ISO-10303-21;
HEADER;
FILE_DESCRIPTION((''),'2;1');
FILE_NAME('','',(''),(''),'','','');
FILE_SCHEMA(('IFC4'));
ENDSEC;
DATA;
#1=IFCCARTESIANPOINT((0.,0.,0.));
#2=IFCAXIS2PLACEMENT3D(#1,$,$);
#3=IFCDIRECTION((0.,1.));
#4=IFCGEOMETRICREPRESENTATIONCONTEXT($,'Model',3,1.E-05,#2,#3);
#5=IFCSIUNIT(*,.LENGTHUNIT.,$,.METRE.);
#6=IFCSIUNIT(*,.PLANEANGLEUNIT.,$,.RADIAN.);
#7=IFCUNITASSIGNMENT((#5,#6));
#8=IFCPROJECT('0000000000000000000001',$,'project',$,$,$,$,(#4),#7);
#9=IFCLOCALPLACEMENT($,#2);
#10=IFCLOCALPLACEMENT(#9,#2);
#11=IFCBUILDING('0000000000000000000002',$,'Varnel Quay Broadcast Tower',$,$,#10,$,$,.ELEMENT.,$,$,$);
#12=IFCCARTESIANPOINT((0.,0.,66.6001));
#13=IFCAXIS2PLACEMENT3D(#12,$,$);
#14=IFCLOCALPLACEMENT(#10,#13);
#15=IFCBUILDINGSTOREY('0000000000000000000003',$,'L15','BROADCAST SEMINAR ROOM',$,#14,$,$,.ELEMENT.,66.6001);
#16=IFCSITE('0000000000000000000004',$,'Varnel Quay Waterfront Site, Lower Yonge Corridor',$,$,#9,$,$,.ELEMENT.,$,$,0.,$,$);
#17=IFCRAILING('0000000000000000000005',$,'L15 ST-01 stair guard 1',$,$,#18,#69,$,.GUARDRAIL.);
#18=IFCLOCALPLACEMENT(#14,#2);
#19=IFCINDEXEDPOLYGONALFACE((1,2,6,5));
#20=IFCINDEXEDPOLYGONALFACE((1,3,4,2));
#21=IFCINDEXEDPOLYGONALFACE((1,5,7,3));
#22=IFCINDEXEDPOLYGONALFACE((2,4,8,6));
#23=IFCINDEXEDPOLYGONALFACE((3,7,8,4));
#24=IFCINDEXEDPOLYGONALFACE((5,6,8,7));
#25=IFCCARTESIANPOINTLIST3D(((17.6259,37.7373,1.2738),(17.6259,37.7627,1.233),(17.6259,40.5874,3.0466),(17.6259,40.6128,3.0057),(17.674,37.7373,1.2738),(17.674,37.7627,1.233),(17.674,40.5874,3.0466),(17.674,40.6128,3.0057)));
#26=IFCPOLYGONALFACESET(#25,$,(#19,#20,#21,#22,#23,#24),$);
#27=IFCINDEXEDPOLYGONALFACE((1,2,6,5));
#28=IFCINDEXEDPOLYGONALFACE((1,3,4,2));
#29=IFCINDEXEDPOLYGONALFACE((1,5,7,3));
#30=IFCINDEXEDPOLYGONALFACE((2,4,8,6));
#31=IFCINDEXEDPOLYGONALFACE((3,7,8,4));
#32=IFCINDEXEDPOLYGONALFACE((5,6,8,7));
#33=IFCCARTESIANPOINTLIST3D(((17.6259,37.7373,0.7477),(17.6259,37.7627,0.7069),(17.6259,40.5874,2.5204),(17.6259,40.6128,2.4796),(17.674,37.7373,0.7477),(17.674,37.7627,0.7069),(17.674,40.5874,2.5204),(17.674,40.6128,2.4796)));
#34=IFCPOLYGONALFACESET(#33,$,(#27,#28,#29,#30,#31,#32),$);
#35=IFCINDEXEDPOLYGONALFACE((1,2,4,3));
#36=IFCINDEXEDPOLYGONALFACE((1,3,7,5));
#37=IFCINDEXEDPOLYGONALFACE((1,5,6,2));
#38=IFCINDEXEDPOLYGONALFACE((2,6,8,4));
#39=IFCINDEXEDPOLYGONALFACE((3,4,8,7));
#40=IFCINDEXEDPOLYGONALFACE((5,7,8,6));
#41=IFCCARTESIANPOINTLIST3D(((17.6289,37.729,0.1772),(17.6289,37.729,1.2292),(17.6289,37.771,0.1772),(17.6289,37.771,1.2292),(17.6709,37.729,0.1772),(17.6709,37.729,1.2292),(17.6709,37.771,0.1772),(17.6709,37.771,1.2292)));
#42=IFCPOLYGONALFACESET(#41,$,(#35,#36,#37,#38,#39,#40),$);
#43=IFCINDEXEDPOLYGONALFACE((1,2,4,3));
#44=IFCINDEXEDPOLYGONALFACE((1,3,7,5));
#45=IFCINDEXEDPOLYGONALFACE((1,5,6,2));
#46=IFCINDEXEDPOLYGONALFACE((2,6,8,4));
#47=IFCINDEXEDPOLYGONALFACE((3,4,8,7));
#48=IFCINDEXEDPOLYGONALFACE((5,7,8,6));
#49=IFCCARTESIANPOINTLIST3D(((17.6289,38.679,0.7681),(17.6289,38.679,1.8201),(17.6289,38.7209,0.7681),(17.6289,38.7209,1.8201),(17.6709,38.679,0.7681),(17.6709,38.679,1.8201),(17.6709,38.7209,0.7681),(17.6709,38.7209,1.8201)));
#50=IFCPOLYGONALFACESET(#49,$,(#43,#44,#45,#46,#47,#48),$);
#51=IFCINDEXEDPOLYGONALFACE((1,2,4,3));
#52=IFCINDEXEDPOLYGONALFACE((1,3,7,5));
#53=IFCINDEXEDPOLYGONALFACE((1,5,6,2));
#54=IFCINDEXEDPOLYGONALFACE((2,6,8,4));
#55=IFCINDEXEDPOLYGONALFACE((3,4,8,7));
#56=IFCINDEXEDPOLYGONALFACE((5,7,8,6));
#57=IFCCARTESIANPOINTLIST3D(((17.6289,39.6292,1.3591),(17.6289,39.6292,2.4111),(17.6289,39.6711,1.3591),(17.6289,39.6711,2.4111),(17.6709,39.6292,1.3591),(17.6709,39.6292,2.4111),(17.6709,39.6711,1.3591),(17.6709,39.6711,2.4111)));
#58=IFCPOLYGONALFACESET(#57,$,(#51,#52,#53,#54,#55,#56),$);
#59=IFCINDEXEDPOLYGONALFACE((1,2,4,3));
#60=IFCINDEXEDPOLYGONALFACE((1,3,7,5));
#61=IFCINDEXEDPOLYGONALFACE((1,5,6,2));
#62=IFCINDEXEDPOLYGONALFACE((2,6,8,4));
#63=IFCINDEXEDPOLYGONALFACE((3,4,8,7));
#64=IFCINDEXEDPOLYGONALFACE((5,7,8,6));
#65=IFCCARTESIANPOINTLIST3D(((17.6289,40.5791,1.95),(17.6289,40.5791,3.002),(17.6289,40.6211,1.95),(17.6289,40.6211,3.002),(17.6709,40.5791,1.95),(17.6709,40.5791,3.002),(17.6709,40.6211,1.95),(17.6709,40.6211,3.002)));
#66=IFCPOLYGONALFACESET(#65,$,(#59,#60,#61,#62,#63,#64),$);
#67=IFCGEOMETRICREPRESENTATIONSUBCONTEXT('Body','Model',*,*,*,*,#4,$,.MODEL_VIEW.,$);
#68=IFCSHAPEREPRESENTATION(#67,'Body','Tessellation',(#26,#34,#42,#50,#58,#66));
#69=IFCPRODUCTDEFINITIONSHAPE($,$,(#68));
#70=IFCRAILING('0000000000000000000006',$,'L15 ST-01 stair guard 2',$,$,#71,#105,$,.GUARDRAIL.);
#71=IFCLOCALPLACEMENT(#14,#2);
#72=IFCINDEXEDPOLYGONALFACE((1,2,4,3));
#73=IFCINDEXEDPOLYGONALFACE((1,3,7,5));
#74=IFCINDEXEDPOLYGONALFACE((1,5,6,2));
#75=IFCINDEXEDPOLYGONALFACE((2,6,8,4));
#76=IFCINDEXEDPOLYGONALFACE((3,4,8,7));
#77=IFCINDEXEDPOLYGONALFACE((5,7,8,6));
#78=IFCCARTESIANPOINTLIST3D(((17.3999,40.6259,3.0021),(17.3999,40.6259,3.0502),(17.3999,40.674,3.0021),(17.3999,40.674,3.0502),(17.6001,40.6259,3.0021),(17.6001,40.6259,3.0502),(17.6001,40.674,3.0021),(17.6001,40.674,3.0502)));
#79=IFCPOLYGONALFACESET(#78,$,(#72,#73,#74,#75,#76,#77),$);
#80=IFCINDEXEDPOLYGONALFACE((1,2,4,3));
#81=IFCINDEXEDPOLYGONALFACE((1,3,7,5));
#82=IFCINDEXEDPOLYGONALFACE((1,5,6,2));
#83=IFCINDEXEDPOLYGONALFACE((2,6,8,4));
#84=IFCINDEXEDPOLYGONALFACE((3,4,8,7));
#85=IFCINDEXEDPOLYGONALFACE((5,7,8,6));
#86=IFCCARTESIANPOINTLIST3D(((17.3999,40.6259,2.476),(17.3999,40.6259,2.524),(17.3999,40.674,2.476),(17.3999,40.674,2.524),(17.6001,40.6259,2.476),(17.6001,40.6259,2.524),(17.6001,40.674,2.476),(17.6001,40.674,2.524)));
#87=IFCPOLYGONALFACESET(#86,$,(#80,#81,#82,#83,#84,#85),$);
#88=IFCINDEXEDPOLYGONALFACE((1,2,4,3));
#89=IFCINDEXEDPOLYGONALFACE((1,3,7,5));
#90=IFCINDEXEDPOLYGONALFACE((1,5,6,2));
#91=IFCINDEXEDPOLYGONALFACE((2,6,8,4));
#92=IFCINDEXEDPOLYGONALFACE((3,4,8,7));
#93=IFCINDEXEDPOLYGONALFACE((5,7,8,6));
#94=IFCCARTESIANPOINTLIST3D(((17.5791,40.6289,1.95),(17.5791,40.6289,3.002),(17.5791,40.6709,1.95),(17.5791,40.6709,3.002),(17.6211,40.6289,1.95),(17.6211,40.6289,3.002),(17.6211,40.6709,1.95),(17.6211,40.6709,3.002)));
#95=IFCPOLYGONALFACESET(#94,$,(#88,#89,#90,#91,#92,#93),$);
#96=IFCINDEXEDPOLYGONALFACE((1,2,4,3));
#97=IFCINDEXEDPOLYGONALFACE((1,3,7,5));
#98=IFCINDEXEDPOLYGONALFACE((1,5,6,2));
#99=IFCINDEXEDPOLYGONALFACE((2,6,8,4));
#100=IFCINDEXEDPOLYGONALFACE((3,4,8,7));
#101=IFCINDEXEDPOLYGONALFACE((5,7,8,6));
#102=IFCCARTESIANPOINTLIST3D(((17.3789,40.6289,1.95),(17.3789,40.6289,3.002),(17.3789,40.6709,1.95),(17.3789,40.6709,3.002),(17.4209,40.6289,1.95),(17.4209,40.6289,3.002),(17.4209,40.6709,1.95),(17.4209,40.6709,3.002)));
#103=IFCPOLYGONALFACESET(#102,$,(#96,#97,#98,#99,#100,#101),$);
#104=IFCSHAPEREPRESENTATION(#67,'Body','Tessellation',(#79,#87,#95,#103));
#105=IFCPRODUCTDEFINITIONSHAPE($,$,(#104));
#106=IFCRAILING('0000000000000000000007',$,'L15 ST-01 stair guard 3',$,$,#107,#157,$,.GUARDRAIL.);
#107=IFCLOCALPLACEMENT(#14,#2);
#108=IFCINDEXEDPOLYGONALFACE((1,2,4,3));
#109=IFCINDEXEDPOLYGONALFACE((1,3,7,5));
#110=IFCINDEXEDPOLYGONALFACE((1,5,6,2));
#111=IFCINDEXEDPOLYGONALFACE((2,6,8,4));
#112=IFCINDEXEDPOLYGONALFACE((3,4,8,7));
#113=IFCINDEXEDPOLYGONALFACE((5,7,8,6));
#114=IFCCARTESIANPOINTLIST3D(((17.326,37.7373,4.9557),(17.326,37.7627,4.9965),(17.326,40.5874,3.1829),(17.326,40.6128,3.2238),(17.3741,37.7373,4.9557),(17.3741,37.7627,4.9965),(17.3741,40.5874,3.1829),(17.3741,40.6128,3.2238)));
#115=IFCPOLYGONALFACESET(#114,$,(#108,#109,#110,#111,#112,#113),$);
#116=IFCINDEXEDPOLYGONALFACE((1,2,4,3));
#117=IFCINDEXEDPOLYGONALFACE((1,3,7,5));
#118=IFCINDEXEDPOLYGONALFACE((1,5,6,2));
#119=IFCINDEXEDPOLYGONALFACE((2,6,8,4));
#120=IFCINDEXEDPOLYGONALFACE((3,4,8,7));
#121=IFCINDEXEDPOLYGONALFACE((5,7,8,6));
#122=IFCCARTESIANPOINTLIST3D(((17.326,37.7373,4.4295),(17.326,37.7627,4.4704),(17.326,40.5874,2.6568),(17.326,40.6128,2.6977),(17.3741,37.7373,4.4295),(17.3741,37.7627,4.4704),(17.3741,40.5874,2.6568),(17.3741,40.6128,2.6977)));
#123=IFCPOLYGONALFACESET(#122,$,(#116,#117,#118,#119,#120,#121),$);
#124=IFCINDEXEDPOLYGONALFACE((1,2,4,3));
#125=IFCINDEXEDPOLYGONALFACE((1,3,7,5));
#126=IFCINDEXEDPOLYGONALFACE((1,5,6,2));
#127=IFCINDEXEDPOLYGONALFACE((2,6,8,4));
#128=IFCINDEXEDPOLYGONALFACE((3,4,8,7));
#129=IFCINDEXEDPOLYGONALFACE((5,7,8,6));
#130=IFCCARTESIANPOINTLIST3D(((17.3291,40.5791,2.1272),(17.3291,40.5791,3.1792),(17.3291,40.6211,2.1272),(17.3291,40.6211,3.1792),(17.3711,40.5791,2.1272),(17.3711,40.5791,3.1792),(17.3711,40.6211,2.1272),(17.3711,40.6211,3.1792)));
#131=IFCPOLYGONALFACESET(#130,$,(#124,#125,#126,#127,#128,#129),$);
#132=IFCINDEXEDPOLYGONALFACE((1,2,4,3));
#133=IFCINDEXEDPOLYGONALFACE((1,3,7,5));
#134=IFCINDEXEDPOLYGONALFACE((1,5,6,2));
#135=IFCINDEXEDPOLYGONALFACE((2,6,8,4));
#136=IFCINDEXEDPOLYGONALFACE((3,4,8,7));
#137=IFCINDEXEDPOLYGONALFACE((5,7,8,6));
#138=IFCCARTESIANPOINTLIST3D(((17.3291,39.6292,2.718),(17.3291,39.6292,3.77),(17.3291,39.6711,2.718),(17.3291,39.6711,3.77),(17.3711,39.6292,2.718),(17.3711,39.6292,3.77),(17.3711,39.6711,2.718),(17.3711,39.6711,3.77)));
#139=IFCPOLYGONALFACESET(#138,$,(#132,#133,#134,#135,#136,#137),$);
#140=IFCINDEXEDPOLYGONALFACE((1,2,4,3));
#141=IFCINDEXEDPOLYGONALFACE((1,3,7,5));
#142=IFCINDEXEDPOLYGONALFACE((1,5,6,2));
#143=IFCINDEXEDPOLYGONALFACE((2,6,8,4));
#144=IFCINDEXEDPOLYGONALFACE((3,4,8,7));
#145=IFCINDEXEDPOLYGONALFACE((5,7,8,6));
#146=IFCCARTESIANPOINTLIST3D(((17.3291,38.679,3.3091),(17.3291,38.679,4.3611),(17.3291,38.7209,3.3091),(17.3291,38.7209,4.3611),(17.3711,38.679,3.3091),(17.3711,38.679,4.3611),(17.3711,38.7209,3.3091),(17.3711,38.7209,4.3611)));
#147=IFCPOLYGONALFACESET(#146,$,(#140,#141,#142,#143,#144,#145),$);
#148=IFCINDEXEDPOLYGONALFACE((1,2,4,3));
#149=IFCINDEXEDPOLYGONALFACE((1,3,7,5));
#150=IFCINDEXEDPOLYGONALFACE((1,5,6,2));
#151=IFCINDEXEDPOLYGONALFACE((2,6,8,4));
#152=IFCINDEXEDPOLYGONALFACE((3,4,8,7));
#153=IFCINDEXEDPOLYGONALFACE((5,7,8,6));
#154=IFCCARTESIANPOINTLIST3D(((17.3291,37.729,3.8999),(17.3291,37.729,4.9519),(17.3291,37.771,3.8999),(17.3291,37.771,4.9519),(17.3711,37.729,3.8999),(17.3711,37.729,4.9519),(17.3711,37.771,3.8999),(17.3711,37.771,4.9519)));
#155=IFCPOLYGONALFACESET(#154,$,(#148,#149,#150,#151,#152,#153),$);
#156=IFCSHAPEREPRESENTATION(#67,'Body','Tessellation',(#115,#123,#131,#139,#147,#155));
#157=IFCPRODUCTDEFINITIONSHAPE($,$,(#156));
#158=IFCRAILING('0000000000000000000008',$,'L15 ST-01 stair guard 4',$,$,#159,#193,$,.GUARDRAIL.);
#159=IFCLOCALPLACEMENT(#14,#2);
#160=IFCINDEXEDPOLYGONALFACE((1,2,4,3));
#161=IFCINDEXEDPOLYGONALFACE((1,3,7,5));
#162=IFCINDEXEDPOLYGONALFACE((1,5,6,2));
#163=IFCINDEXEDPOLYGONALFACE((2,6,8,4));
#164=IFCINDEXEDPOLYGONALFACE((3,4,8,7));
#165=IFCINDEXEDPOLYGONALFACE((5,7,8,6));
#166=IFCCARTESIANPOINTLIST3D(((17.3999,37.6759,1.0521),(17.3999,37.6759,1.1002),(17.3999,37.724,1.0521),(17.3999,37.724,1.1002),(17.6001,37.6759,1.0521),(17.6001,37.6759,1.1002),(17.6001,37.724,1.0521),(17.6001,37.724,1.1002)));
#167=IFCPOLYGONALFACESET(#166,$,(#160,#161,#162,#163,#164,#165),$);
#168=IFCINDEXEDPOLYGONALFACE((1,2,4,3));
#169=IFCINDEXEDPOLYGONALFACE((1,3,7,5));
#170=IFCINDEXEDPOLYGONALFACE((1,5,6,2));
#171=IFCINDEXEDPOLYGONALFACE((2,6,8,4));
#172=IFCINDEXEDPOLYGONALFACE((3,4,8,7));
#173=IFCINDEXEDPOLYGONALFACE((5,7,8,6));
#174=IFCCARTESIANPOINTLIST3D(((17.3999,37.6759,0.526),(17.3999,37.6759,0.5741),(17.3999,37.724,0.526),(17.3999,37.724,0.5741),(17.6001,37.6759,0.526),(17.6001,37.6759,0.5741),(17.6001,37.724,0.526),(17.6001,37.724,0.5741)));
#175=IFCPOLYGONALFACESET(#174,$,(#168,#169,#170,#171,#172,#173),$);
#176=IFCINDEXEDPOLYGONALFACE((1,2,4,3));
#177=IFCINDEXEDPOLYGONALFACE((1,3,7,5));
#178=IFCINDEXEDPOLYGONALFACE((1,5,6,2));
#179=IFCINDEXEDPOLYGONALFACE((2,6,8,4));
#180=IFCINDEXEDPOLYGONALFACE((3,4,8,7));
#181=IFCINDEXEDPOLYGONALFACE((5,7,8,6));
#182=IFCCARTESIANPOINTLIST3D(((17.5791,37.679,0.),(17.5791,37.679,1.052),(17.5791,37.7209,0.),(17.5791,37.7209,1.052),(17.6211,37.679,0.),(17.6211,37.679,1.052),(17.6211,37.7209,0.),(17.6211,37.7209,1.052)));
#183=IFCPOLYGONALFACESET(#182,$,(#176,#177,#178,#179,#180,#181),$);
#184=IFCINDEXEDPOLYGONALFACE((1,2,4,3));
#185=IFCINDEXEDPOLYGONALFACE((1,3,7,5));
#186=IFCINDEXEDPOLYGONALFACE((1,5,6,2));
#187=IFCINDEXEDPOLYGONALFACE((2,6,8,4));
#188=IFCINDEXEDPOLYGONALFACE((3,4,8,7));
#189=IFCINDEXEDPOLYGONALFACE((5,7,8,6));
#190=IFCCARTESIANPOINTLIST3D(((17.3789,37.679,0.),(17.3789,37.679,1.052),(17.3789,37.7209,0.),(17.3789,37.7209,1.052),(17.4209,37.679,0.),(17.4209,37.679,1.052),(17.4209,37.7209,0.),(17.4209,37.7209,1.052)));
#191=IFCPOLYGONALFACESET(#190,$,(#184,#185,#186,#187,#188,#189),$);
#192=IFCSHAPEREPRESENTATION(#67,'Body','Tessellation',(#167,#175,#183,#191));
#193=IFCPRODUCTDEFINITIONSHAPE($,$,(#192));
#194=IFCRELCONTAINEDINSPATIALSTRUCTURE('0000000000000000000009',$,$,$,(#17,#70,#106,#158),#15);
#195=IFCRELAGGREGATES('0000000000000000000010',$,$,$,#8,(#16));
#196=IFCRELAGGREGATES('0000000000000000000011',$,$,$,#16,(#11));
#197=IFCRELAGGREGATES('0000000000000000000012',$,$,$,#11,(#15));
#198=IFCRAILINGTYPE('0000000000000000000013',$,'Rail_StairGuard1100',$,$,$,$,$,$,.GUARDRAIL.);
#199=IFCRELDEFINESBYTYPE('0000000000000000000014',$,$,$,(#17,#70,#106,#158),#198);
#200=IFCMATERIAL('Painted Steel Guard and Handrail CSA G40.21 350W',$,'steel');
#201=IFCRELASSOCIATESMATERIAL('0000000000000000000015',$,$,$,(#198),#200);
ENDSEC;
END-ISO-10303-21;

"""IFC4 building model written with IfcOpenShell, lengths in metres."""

from ifc_helpers import new_model, si_unit, direction, frame, origin, origin_2d, place, context, subcontext, project, spatial, rectangle, extrude, material, type_object, element, save


model = new_model("IFC4")

# Units and contexts
model_context = context("Model", 3, precision=1e-05, world=origin(), true_north=direction((0.0, 1.0)))
body_context = subcontext(model_context, "Body", "Model", "MODEL_VIEW")
ifc_project = project(units=[si_unit("LENGTHUNIT", "METRE"), si_unit("PLANEANGLEUNIT", "RADIAN")], contexts=[model_context])

# Site, building, storey
site_placement = place(None, origin())
site = spatial("IfcSite", under=ifc_project, at=site_placement, Name="Varnel Quay Waterfront Site, Lower Yonge Corridor", CompositionType="ELEMENT", RefElevation=0.0)
building_placement = place(site_placement, origin())
building = spatial("IfcBuilding", under=site, at=building_placement, Name="Varnel Quay Broadcast Tower", CompositionType="ELEMENT")
storey_placement = place(building_placement, frame((0.0, 0.0, 66.6001)))
storey = spatial("IfcBuildingStorey", under=building, at=storey_placement, Name="L15", Description="BROADCAST SEMINAR ROOM", CompositionType="ELEMENT", Elevation=66.6001)

# Railings
ifc_material_1 = material(Name="Painted Steel Guard and Handrail CSA G40.21 350W", Category="steel")
railing_type_1 = type_object("IfcRailingType", Name="Rail_StairGuard1100", PredefinedType="GUARDRAIL", material=ifc_material_1)
railing_1_placement = place(storey_placement, frame((17.6499, 37.75, 0.1772)))
element("IfcRailing", 1, at=railing_1_placement, inside=storey, type_object=railing_type_1, Name="L15 ST-01 stair guard 1", PredefinedType="GUARDRAIL", context=body_context, shape_type="SweptSolid", body=[
    extrude(rectangle(XDim=0.0481, YDim=0.0481, at=origin_2d()), frame((0.0, 0.0, 1.0762), z_axis=(0.0, 0.849149, 0.528154), x_axis=(-1.0, 0.0, 0.0)), (0.0, 0.0, 1.0), 3.3564),
    extrude(rectangle(XDim=0.0481, YDim=0.0481, at=origin_2d()), frame((0.0, 0.0, 0.55), z_axis=(0.0, 0.849149, 0.528154), x_axis=(-1.0, 0.0, 0.0)), (0.0, 0.0, 1.0), 3.3564),
    extrude(rectangle(XDim=0.042, YDim=0.042, at=origin_2d()), origin(), (0.0, 0.0, 1.0), 1.052),
    extrude(rectangle(XDim=0.042, YDim=0.042, at=origin_2d()), frame((0.0, 0.95, 0.5908)), (0.0, 0.0, 1.0), 1.052),
    extrude(rectangle(XDim=0.042, YDim=0.042, at=origin_2d()), frame((0.0, 1.9001, 1.1819)), (0.0, 0.0, 1.0), 1.052),
    extrude(rectangle(XDim=0.042, YDim=0.042, at=origin_2d()), frame((0.0, 2.8501, 1.7727)), (0.0, 0.0, 1.0), 1.052),
])
railing_2_placement = place(storey_placement, frame((17.6001, 40.6499, 1.95)))
element("IfcRailing", 2, at=railing_2_placement, inside=storey, type_object=railing_type_1, Name="L15 ST-01 stair guard 2", PredefinedType="GUARDRAIL", context=body_context, shape_type="SweptSolid", body=[
    extrude(rectangle(XDim=0.0481, YDim=0.0481, at=origin_2d()), frame((0.0, 0.0, 1.0762), z_axis=(-1.0, 0.0, 0.0), x_axis=(0.0, -1.0, 0.0)), (0.0, 0.0, 1.0), 0.2002),
    extrude(rectangle(XDim=0.0481, YDim=0.0481, at=origin_2d()), frame((0.0, 0.0, 0.55), z_axis=(-1.0, 0.0, 0.0), x_axis=(0.0, -1.0, 0.0)), (0.0, 0.0, 1.0), 0.2002),
    extrude(rectangle(XDim=0.042, YDim=0.042, at=origin_2d()), origin(), (0.0, 0.0, 1.0), 1.052),
    extrude(rectangle(XDim=0.042, YDim=0.042, at=origin_2d()), frame((-0.2002, 0.0, 0.0)), (0.0, 0.0, 1.0), 1.052),
])
railing_3_placement = place(storey_placement, frame((17.3501, 40.6001, 2.1272)))
element("IfcRailing", 3, at=railing_3_placement, inside=storey, type_object=railing_type_1, Name="L15 ST-01 stair guard 3", PredefinedType="GUARDRAIL", context=body_context, shape_type="SweptSolid", body=[
    extrude(rectangle(XDim=0.0481, YDim=0.0481, at=origin_2d()), frame((0.0, 0.0, 1.0762), z_axis=(0.0, -0.849149, 0.528154), x_axis=(1.0, 0.0, 0.0)), (0.0, 0.0, 1.0), 3.3564),
    extrude(rectangle(XDim=0.0481, YDim=0.0481, at=origin_2d()), frame((0.0, 0.0, 0.55), z_axis=(0.0, -0.849149, 0.528154), x_axis=(1.0, 0.0, 0.0)), (0.0, 0.0, 1.0), 3.3564),
    extrude(rectangle(XDim=0.042, YDim=0.042, at=origin_2d()), origin(), (0.0, 0.0, 1.0), 1.052),
    extrude(rectangle(XDim=0.042, YDim=0.042, at=origin_2d()), frame((0.0, -0.95, 0.5908)), (0.0, 0.0, 1.0), 1.052),
    extrude(rectangle(XDim=0.042, YDim=0.042, at=origin_2d()), frame((0.0, -1.9001, 1.1819)), (0.0, 0.0, 1.0), 1.052),
    extrude(rectangle(XDim=0.042, YDim=0.042, at=origin_2d()), frame((0.0, -2.8501, 1.7727)), (0.0, 0.0, 1.0), 1.052),
])
railing_4_placement = place(storey_placement, frame((17.6001, 37.7, 0.0)))
element("IfcRailing", 4, at=railing_4_placement, inside=storey, type_object=railing_type_1, Name="L15 ST-01 stair guard 4", PredefinedType="GUARDRAIL", context=body_context, shape_type="SweptSolid", body=[
    extrude(rectangle(XDim=0.0481, YDim=0.0481, at=origin_2d()), frame((0.0, 0.0, 1.0762), z_axis=(-1.0, 0.0, 0.0), x_axis=(0.0, -1.0, 0.0)), (0.0, 0.0, 1.0), 0.2002),
    extrude(rectangle(XDim=0.0481, YDim=0.0481, at=origin_2d()), frame((0.0, 0.0, 0.55), z_axis=(-1.0, 0.0, 0.0), x_axis=(0.0, -1.0, 0.0)), (0.0, 0.0, 1.0), 0.2002),
    extrude(rectangle(XDim=0.042, YDim=0.042, at=origin_2d()), origin(), (0.0, 0.0, 1.0), 1.052),
    extrude(rectangle(XDim=0.042, YDim=0.042, at=origin_2d()), frame((-0.2002, 0.0, 0.0)), (0.0, 0.0, 1.0), 1.052),
])

save(model, "model.ifc")
